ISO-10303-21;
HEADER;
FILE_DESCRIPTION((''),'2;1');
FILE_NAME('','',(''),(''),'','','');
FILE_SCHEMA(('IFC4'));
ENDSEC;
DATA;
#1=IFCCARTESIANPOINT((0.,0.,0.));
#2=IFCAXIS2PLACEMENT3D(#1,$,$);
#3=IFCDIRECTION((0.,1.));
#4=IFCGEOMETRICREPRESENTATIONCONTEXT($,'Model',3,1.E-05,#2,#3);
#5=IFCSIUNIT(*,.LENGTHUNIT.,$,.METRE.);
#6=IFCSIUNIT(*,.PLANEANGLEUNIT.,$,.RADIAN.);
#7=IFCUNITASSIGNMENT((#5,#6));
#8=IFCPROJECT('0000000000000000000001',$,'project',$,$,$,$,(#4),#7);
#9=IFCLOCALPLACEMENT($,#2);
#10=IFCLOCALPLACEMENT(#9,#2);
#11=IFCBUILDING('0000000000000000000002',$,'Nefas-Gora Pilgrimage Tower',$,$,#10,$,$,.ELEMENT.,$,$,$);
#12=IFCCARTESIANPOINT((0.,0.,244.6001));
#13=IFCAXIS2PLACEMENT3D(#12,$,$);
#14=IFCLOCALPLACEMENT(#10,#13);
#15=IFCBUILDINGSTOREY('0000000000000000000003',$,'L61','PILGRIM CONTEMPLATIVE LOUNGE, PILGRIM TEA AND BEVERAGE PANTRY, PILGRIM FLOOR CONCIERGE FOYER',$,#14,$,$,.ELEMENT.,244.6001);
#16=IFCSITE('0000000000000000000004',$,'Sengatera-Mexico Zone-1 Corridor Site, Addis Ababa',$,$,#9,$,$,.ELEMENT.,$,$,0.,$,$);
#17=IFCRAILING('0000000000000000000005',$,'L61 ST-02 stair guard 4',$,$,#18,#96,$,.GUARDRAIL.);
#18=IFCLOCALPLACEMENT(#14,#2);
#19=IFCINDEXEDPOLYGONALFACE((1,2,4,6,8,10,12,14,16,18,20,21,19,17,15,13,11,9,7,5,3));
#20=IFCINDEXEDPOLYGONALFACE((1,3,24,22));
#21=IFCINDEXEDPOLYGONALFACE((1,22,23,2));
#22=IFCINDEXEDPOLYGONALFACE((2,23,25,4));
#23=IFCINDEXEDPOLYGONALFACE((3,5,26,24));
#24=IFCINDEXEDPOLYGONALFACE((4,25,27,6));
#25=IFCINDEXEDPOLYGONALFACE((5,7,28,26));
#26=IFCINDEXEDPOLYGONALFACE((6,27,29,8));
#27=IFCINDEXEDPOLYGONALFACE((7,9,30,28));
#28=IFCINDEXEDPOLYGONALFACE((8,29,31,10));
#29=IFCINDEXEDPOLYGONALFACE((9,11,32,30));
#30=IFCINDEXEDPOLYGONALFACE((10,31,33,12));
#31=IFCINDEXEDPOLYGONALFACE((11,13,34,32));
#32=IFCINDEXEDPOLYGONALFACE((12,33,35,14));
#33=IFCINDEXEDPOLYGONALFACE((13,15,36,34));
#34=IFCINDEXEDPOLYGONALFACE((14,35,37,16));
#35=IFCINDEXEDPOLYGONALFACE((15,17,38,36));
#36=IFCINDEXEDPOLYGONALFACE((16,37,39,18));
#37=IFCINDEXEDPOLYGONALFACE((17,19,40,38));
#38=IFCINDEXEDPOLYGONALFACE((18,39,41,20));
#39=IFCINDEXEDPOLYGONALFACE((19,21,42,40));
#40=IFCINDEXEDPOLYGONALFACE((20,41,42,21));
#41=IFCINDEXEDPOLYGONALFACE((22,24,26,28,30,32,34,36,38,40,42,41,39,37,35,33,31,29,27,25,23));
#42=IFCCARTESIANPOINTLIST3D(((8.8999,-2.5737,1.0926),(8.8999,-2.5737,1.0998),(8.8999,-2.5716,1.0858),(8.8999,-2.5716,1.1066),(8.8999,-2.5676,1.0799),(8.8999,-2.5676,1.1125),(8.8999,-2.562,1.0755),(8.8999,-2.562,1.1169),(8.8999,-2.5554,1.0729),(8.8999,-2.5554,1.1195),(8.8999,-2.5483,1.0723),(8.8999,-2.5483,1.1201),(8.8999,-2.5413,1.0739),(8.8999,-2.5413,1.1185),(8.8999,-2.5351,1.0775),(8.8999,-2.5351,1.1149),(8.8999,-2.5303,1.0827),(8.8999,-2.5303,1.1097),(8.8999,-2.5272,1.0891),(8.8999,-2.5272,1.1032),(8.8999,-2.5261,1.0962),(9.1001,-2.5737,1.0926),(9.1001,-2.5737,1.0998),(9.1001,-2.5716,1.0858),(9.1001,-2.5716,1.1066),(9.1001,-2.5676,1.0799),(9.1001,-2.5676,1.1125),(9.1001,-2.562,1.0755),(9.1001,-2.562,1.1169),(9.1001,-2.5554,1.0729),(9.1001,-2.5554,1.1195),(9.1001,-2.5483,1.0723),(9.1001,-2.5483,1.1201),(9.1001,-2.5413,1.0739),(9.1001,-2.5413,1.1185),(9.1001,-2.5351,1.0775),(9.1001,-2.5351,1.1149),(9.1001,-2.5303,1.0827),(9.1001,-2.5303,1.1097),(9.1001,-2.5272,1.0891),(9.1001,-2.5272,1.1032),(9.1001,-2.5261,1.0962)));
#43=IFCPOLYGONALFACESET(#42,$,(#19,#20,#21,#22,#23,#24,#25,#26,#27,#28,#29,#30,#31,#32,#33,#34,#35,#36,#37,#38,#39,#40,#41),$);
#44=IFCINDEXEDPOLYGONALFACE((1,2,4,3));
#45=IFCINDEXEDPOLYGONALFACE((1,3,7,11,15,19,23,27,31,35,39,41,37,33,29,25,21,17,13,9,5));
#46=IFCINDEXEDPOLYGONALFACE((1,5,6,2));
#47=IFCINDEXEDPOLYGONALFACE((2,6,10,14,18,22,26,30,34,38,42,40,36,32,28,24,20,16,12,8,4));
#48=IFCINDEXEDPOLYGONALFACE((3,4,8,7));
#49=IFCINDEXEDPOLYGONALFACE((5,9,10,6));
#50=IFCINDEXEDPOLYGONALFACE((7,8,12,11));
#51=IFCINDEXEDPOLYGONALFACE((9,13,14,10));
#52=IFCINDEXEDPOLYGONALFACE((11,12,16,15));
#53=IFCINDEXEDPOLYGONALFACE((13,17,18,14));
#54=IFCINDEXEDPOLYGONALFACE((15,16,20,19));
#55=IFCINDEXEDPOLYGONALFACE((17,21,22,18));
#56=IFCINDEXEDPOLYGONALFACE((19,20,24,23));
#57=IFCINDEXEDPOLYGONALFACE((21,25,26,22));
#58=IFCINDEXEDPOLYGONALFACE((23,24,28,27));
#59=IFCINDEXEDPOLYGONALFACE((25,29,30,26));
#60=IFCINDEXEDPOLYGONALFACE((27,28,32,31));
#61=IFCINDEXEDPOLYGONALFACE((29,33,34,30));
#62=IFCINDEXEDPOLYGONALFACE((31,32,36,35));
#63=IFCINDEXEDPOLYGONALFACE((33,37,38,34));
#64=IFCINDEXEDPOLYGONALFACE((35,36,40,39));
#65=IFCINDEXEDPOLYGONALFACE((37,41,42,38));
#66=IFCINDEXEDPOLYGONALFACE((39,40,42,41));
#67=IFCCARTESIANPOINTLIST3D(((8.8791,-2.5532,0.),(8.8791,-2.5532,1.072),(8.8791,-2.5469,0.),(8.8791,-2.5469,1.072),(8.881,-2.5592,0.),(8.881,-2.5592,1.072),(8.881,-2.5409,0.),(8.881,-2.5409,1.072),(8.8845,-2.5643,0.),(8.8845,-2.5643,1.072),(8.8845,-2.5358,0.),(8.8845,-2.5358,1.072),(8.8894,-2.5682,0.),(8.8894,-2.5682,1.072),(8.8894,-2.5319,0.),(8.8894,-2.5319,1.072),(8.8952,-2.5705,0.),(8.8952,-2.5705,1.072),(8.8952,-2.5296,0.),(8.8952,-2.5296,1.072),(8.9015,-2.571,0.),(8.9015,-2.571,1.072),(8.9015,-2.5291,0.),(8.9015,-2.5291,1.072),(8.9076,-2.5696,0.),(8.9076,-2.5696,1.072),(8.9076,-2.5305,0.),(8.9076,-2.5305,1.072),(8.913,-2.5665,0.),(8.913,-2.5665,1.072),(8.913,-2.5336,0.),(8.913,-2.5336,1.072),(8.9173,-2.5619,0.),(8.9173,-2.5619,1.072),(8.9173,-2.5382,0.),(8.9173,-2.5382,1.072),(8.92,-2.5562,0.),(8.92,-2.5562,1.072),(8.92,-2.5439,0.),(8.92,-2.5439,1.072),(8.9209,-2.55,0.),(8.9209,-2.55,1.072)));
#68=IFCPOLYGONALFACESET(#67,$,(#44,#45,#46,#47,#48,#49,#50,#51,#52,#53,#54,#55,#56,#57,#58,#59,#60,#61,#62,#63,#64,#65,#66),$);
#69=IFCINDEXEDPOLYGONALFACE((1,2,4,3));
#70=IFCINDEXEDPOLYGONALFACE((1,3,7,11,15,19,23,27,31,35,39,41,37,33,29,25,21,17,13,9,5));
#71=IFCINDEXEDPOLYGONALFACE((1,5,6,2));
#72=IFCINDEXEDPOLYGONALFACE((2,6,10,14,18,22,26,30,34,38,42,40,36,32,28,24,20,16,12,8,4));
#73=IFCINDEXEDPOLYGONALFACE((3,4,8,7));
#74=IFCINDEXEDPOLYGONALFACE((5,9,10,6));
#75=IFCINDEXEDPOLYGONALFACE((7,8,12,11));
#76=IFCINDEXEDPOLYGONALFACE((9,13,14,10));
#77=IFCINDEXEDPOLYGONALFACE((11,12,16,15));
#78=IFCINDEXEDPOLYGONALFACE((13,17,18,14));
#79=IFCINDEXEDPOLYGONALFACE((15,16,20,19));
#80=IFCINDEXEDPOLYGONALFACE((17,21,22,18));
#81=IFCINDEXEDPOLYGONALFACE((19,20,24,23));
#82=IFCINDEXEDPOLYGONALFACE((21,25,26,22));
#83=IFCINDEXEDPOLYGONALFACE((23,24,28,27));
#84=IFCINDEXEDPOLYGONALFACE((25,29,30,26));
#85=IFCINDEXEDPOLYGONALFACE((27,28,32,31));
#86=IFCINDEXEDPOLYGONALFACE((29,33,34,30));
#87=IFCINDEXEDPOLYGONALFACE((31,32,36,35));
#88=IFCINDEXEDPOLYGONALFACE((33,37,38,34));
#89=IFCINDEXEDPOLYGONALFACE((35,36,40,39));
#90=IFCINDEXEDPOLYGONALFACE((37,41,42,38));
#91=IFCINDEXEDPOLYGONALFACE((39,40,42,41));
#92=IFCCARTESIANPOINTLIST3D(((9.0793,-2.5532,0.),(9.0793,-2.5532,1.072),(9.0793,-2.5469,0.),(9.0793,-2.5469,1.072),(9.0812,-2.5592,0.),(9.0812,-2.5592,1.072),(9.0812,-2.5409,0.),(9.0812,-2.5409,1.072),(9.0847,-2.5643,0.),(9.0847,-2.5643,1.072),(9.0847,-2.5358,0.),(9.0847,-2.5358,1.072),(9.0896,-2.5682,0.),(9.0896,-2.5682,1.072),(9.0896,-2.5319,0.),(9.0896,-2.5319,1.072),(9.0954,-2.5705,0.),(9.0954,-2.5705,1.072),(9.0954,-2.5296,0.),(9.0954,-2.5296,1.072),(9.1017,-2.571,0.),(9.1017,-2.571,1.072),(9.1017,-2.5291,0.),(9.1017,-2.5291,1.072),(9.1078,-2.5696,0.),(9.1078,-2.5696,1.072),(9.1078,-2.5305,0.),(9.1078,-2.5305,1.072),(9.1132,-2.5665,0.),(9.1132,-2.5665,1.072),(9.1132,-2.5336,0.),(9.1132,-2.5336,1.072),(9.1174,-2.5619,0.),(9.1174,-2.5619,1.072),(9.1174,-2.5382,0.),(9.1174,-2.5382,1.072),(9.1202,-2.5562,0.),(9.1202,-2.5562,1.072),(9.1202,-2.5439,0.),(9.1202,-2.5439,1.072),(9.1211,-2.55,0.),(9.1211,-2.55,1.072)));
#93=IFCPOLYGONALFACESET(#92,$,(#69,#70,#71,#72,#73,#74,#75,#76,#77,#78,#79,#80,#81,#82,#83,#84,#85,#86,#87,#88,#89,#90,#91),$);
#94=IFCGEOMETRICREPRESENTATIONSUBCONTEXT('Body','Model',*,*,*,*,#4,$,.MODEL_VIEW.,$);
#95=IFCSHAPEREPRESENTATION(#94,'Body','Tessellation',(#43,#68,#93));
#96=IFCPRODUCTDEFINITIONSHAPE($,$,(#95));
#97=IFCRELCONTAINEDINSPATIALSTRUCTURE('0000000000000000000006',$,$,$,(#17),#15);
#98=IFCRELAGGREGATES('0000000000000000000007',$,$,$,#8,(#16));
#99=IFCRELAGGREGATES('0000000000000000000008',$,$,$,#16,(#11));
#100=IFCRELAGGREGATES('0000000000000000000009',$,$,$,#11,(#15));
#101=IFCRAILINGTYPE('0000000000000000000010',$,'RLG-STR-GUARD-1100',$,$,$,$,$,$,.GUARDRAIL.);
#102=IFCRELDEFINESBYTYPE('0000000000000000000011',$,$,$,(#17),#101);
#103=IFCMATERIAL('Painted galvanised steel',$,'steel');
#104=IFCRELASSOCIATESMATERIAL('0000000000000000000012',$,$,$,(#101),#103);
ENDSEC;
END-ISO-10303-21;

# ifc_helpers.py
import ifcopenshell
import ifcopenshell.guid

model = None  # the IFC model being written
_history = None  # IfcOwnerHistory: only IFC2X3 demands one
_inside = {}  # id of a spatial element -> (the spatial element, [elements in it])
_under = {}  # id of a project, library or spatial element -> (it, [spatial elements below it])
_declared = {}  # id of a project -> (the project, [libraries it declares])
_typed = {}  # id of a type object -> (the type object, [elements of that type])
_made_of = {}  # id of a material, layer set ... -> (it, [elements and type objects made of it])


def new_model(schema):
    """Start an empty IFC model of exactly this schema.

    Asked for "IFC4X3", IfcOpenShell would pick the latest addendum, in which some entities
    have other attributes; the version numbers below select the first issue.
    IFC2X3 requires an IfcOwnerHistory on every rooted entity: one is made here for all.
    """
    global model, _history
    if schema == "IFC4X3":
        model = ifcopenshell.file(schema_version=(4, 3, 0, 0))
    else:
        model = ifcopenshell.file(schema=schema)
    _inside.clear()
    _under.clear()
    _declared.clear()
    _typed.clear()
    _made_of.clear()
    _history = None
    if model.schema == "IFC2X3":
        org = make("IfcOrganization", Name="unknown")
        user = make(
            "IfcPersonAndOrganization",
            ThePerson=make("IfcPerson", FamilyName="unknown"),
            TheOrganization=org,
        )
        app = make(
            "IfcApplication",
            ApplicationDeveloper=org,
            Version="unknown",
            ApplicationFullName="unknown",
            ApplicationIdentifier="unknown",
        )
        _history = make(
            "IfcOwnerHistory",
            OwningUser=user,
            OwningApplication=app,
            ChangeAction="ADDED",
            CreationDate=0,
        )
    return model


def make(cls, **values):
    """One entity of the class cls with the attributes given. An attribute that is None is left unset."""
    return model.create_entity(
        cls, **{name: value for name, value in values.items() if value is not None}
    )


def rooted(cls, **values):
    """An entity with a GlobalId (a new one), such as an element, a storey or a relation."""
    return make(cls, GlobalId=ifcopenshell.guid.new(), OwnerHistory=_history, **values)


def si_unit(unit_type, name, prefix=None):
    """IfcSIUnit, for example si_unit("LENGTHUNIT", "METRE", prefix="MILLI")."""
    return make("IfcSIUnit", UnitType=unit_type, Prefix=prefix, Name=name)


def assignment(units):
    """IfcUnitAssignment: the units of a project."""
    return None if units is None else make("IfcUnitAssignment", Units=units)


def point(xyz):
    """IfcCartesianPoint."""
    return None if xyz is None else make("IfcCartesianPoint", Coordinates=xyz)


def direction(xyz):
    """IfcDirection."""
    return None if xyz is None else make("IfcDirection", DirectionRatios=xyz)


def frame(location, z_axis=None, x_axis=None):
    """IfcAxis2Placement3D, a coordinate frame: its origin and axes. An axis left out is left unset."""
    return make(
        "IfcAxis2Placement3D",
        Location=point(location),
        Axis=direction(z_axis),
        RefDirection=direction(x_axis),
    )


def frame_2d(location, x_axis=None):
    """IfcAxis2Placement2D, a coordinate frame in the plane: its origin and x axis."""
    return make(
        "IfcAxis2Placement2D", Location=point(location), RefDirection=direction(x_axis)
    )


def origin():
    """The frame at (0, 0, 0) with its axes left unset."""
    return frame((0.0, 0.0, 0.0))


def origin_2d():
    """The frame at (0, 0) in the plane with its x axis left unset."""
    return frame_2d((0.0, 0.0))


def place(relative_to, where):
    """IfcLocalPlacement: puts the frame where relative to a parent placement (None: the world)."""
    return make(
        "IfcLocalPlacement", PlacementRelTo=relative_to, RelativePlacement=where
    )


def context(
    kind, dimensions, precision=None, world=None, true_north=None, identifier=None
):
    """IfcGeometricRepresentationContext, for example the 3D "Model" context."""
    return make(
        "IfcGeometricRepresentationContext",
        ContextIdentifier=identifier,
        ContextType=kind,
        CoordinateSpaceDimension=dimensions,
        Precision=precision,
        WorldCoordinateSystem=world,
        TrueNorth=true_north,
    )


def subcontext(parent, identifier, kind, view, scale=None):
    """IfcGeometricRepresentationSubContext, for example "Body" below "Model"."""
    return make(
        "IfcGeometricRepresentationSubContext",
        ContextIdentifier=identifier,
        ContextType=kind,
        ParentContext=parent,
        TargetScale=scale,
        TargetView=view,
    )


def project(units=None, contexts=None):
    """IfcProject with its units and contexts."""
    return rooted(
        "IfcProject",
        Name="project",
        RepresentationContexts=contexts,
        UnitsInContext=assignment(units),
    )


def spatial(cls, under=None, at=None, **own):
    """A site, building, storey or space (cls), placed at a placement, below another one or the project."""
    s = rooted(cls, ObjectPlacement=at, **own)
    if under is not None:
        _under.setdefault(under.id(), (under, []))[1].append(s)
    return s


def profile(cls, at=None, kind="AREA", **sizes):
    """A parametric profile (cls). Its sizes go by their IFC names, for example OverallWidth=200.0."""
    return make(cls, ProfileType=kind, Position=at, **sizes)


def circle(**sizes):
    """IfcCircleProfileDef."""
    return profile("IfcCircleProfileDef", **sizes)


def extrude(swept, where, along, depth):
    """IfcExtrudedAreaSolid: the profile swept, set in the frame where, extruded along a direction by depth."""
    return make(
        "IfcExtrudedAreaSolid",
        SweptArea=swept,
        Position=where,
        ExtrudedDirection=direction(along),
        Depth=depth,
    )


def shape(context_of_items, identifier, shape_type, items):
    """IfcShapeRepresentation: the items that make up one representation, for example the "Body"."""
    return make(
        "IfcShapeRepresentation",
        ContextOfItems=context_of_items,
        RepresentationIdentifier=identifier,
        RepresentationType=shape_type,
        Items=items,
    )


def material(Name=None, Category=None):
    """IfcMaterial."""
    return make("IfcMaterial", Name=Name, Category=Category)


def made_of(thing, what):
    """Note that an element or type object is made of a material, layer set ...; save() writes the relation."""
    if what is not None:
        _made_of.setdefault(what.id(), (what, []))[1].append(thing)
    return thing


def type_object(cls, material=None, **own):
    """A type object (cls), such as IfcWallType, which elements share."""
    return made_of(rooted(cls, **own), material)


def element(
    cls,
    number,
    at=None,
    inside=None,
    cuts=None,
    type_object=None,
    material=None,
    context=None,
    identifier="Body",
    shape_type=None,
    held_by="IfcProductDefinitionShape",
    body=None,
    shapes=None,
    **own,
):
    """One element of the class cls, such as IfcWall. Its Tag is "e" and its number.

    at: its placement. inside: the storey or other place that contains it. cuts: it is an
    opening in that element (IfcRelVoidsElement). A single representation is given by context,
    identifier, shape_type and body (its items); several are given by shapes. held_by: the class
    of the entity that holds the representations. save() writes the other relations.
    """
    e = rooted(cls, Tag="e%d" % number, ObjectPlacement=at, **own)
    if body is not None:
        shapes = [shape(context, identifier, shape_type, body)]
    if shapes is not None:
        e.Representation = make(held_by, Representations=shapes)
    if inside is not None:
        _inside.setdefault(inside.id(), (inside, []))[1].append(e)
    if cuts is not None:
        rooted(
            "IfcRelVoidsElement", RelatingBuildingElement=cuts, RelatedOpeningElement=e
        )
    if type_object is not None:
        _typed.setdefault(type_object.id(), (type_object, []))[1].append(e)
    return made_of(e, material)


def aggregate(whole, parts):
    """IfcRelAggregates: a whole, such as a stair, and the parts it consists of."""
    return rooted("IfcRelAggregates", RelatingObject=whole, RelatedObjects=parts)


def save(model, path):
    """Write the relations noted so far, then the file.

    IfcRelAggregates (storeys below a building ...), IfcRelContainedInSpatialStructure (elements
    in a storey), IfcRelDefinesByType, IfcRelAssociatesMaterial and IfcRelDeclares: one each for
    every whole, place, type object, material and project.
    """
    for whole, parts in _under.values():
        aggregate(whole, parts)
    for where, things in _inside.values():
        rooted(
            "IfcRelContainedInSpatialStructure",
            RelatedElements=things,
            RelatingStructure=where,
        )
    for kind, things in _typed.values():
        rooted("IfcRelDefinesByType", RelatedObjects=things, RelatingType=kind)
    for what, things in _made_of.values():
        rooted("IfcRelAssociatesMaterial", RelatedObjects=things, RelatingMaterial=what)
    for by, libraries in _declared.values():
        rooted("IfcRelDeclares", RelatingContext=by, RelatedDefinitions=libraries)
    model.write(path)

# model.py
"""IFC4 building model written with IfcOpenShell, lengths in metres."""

from ifc_helpers import new_model, si_unit, direction, frame, origin, origin_2d, place, context, subcontext, project, spatial, circle, extrude, material, type_object, element, save


model = new_model("IFC4")

# Units and contexts
model_context = context("Model", 3, precision=1e-05, world=origin(), true_north=direction((0.0, 1.0)))
body_context = subcontext(model_context, "Body", "Model", "MODEL_VIEW")
ifc_project = project(units=[si_unit("LENGTHUNIT", "METRE"), si_unit("PLANEANGLEUNIT", "RADIAN")], contexts=[model_context])

# Site, building, storey
site_placement = place(None, origin())
site = spatial("IfcSite", under=ifc_project, at=site_placement, Name="Sengatera-Mexico Zone-1 Corridor Site, Addis Ababa", CompositionType="ELEMENT", RefElevation=0.0)
building_placement = place(site_placement, origin())
building = spatial("IfcBuilding", under=site, at=building_placement, Name="Nefas-Gora Pilgrimage Tower", CompositionType="ELEMENT")
storey_placement = place(building_placement, frame((0.0, 0.0, 244.6001)))
storey = spatial("IfcBuildingStorey", under=building, at=storey_placement, Name="L61", Description="PILGRIM CONTEMPLATIVE LOUNGE, PILGRIM TEA AND BEVERAGE PANTRY, PILGRIM FLOOR CONCIERGE FOYER", CompositionType="ELEMENT", Elevation=244.6001)

# Railing
ifc_material_1 = material(Name="Painted galvanised steel", Category="steel")
railing_type_1 = type_object("IfcRailingType", Name="RLG-STR-GUARD-1100", PredefinedType="GUARDRAIL", material=ifc_material_1)
railing_1_placement = place(storey_placement, frame((8.8999, -2.55, 0.0)))
element("IfcRailing", 1, at=railing_1_placement, inside=storey, type_object=railing_type_1, Name="L61 ST-02 stair guard 4", PredefinedType="GUARDRAIL", context=body_context, shape_type="SweptSolid", body=[
    extrude(circle(Radius=0.0239, at=origin_2d()), frame((0.0, 0.0, 1.0962), z_axis=(1.0, 0.0, 0.0), x_axis=(0.0, 1.0, 0.0)), (0.0, 0.0, 1.0), 0.2002),
    extrude(circle(Radius=0.021, at=origin_2d()), origin(), (0.0, 0.0, 1.0), 1.072),
    extrude(circle(Radius=0.021, at=origin_2d()), frame((0.2002, 0.0, 0.0)), (0.0, 0.0, 1.0), 1.072),
])

save(model, "model.ifc")
